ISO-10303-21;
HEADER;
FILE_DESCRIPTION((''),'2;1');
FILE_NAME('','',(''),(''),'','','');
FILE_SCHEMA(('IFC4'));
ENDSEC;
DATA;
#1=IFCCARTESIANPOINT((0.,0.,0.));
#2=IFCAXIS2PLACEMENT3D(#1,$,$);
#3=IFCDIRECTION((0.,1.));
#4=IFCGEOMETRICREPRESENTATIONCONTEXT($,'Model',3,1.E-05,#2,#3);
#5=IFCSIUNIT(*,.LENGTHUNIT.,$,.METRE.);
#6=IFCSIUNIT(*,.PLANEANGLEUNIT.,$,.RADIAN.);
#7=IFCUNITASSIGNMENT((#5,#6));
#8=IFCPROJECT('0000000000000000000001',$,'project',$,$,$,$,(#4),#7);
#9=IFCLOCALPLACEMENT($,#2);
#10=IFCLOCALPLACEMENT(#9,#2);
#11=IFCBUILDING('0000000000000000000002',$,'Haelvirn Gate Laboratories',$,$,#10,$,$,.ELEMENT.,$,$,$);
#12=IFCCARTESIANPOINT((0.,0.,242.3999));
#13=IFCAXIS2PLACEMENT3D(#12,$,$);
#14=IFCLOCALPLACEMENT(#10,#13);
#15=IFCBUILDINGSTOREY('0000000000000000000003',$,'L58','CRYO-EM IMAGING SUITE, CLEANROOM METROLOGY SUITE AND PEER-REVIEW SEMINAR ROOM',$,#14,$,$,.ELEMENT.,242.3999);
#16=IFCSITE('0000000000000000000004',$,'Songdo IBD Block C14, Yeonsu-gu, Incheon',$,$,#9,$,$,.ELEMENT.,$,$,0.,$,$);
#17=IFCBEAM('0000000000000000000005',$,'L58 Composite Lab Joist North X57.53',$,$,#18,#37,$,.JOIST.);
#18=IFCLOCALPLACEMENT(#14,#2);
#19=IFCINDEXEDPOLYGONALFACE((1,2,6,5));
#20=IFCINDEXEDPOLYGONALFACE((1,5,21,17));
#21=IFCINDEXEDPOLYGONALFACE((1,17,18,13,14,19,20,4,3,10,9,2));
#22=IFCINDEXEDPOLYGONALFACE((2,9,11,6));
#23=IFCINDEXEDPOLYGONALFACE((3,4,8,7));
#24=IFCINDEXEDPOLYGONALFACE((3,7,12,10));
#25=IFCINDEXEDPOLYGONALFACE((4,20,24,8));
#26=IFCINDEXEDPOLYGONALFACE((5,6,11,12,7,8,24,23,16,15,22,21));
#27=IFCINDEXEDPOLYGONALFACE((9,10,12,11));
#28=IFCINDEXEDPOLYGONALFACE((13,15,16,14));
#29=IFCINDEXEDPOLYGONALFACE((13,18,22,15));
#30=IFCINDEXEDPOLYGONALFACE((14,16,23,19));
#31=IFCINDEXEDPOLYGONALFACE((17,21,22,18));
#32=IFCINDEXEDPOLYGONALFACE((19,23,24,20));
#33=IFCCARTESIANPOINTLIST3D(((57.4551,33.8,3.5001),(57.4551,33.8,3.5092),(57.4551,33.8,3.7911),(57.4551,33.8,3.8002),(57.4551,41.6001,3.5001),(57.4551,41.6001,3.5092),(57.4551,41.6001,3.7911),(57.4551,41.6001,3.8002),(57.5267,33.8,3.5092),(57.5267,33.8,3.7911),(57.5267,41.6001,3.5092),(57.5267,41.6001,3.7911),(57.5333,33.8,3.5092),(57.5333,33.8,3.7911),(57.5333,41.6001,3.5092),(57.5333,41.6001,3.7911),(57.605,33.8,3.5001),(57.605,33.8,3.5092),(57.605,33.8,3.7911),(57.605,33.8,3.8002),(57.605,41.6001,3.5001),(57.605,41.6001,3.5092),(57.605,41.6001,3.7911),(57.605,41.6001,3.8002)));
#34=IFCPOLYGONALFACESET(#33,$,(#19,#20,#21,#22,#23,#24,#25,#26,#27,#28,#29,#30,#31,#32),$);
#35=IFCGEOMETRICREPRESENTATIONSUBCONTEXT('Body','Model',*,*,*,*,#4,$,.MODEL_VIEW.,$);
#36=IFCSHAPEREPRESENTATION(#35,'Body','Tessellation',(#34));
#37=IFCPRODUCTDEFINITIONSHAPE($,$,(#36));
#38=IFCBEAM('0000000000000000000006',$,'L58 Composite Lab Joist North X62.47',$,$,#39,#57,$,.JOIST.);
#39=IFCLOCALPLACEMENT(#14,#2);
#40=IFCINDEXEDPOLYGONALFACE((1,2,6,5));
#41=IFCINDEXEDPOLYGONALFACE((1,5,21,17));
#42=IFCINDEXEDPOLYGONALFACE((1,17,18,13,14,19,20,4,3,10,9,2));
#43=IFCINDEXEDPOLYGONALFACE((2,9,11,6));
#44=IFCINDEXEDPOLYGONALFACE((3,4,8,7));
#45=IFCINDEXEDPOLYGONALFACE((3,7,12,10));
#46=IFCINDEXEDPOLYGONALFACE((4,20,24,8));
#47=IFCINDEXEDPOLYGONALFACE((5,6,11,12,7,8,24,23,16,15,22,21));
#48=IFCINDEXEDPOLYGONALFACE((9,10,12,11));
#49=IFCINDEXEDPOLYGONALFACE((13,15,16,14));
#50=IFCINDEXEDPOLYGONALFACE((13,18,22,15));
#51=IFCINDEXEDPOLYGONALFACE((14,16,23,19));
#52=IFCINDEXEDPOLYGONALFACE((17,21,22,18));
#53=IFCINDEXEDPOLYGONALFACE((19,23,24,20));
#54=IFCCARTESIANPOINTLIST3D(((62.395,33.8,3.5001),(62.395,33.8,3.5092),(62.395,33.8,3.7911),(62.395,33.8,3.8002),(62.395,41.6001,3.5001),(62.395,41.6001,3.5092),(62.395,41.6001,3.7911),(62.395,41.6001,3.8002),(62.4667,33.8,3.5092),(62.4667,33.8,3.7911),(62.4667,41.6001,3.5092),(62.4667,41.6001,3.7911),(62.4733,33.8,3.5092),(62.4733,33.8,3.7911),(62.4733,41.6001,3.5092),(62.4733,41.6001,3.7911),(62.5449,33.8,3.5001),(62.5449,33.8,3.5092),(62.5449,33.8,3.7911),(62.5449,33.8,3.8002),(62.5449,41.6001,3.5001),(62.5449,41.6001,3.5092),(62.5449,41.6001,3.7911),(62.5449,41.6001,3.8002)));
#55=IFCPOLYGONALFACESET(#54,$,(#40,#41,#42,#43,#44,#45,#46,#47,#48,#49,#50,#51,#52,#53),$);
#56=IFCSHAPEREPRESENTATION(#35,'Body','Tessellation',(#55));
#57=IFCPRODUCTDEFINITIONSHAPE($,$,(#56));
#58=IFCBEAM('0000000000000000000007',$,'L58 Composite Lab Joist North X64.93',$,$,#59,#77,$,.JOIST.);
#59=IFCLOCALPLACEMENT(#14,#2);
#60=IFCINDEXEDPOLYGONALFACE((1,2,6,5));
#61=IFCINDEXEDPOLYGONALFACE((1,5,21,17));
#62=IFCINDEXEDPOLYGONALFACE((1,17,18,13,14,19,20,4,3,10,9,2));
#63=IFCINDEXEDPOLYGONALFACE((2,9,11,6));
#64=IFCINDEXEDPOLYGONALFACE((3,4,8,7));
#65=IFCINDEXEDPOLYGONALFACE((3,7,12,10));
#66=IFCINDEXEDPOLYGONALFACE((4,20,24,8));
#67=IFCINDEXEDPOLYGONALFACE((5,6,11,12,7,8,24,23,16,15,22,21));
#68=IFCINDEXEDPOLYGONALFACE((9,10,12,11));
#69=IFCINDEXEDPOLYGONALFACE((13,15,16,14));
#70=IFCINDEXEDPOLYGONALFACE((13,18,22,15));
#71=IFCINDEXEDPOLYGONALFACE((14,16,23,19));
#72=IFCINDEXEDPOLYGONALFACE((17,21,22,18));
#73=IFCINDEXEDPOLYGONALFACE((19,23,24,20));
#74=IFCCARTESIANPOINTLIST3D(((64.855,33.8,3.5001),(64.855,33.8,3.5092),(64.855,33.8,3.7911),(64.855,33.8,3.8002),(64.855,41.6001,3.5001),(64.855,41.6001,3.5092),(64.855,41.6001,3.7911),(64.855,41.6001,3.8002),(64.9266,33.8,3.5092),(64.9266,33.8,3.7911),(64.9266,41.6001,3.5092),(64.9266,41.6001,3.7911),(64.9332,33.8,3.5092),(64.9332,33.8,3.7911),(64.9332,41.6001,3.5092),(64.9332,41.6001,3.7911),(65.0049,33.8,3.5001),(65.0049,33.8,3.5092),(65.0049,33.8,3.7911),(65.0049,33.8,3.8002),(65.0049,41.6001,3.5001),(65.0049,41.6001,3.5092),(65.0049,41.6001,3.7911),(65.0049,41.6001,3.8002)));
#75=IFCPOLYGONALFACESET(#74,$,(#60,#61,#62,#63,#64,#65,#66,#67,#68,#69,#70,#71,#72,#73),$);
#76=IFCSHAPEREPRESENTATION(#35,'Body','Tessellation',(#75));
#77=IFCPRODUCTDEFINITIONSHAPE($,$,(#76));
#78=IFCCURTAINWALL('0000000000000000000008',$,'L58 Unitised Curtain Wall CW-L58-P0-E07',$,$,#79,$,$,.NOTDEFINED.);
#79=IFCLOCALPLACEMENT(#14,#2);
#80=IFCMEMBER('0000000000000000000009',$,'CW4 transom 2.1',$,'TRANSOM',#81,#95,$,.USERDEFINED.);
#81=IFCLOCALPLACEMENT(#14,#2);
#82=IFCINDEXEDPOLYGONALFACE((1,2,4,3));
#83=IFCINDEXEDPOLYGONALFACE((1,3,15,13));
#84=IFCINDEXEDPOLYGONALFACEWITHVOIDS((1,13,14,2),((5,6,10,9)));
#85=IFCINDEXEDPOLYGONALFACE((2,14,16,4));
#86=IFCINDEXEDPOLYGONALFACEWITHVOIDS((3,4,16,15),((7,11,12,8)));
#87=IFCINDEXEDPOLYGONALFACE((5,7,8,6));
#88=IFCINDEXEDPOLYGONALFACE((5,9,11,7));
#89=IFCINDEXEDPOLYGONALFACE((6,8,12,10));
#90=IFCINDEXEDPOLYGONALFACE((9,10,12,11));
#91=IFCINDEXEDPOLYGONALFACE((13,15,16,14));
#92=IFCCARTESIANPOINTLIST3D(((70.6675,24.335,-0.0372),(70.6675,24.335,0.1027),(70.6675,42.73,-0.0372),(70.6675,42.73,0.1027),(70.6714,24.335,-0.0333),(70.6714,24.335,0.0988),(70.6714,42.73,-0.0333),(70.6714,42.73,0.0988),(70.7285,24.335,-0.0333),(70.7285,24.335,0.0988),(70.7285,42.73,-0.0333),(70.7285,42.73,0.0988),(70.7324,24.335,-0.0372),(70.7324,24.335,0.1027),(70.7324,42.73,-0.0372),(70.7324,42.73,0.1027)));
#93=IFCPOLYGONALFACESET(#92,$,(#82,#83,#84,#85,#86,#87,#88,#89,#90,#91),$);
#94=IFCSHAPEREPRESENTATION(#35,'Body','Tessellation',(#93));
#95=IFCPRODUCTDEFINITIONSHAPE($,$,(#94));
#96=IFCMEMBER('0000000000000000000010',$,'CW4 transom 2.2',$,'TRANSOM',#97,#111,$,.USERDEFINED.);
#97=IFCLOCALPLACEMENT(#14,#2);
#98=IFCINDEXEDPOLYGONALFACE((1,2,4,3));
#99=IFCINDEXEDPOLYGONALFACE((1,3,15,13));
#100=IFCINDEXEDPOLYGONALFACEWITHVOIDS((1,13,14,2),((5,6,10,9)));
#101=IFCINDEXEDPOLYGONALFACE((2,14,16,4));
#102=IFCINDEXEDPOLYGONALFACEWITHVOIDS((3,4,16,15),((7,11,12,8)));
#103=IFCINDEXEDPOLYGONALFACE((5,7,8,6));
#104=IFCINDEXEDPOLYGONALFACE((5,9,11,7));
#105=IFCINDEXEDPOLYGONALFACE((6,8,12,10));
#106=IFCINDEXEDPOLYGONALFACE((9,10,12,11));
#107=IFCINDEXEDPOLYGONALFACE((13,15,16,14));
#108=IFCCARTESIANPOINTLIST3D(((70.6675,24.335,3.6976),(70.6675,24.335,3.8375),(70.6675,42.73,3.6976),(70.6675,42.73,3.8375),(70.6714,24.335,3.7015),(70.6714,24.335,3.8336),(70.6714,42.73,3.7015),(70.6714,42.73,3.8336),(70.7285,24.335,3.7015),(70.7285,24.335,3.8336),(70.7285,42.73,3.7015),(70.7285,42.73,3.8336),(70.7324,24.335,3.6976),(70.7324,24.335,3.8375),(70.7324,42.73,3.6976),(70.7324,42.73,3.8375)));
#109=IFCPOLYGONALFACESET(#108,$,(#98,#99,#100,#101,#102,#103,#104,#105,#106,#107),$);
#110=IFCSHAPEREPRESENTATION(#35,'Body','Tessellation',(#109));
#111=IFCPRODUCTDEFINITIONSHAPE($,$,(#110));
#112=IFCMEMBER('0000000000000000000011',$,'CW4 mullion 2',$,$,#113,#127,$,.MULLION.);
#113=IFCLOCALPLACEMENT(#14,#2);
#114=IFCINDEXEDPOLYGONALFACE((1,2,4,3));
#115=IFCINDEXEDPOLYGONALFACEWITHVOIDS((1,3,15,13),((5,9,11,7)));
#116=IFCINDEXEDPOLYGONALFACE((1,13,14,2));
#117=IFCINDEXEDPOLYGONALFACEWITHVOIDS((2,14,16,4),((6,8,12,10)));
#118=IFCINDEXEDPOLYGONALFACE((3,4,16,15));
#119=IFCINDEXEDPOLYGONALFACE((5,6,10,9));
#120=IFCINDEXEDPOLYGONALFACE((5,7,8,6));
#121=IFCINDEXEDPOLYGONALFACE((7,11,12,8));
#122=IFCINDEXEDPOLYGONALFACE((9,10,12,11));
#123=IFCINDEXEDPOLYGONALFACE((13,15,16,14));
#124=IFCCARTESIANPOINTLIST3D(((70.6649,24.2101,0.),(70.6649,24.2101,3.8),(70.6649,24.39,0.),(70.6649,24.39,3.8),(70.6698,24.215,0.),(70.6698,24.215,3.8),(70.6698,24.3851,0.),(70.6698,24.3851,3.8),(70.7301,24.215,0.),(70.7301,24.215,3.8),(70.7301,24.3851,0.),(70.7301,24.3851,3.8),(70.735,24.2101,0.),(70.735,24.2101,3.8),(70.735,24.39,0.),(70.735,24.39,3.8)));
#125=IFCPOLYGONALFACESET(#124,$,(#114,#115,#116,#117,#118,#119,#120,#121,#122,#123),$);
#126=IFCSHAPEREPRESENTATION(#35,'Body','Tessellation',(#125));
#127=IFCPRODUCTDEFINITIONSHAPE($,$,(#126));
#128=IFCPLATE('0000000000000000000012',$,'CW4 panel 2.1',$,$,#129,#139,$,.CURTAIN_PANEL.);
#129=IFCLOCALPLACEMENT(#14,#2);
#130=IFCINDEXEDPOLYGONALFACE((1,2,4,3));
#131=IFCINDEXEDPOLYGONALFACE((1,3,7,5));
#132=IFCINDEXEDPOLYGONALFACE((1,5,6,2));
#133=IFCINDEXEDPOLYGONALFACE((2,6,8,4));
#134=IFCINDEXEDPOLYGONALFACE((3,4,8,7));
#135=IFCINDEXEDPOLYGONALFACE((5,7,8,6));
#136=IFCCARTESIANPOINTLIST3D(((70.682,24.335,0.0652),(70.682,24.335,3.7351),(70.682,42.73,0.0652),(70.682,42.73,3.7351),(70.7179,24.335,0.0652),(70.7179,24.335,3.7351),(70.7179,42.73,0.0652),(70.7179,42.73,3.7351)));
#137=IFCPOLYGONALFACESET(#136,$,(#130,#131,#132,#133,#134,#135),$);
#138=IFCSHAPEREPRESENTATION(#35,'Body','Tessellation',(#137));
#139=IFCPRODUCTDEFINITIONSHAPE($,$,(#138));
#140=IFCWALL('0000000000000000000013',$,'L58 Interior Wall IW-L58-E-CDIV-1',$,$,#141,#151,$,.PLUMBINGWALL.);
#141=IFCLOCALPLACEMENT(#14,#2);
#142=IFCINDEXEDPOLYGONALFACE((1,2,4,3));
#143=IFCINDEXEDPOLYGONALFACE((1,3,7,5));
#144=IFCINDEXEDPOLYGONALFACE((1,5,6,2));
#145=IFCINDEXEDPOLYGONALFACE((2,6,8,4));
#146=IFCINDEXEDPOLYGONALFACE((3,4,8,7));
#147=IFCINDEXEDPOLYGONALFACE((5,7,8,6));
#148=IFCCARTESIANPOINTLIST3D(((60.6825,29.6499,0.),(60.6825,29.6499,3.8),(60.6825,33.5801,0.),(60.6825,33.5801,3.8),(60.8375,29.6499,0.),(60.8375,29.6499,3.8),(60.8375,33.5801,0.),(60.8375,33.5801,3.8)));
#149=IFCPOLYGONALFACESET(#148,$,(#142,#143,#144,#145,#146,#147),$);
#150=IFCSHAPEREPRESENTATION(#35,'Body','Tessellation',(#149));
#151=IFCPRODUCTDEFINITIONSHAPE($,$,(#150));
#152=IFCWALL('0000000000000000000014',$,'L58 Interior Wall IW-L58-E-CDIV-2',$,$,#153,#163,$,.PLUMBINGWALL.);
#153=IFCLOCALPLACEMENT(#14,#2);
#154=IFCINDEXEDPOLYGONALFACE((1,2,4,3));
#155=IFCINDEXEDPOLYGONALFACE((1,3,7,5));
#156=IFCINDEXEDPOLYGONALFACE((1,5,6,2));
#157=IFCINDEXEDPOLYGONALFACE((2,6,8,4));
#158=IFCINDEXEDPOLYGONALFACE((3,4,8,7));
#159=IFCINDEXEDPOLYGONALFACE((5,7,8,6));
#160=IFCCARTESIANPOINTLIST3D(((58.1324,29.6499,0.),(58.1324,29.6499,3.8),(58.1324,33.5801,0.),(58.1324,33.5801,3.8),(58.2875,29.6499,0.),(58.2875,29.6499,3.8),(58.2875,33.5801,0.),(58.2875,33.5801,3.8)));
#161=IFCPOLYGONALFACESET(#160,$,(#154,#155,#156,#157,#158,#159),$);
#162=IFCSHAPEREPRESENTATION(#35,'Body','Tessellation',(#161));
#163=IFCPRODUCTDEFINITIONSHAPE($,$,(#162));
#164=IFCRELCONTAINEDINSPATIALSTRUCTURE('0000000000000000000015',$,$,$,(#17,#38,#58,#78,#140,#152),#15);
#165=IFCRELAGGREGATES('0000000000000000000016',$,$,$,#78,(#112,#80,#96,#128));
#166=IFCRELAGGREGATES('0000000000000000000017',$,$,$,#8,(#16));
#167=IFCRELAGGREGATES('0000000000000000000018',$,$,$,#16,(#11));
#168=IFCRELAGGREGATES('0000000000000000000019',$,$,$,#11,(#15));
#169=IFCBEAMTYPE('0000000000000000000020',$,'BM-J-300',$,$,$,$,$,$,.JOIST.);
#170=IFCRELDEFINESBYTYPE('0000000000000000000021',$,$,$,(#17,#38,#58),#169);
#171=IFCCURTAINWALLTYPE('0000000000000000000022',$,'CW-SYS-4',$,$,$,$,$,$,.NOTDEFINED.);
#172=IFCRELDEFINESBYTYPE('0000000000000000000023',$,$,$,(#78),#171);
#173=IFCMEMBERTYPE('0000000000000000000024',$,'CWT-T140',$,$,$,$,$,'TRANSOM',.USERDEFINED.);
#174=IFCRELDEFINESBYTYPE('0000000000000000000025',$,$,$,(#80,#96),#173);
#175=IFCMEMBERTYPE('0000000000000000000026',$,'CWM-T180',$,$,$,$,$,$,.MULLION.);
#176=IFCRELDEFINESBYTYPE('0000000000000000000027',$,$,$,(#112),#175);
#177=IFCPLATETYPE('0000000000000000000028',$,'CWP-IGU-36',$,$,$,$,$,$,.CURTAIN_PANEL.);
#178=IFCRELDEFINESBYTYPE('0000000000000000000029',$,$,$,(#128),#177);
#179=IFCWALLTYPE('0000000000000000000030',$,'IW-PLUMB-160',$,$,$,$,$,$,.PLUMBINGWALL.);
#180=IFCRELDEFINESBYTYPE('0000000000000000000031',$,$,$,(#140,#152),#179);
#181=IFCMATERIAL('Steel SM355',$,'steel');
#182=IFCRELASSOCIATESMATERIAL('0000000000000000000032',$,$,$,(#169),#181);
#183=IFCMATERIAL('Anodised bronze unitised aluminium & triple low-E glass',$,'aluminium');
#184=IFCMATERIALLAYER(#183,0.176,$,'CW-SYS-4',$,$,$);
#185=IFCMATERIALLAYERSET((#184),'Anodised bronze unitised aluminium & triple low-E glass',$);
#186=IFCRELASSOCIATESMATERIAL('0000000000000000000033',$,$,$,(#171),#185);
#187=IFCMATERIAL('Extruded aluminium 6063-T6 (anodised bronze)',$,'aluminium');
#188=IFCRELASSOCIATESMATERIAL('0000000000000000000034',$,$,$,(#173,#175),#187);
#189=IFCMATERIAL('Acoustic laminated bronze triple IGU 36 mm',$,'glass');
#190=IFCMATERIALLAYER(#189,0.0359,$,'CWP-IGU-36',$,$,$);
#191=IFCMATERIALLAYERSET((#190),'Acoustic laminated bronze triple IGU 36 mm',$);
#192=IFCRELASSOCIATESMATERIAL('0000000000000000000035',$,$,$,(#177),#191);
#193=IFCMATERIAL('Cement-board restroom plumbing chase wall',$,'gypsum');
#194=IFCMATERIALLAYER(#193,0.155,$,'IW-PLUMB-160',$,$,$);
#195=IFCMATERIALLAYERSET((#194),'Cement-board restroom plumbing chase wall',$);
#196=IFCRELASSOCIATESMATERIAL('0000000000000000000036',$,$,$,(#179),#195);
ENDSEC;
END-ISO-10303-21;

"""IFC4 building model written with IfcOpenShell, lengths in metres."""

from ifc_helpers import new_model, si_unit, direction, frame, frame_2d, origin, origin_2d, place, context, subcontext, project, spatial, rectangle, hollow_rectangle, i_section, extrude, source, transform, mapped, material, layer, layer_set, material_profile, profile_set, type_object, type_shapes, element, aggregate, save


model = new_model("IFC4")

# Units and contexts
model_context = context("Model", 3, precision=1e-05, world=origin(), true_north=direction((0.0, 1.0)))
body_context = subcontext(model_context, "Body", "Model", "MODEL_VIEW")
ifc_project = project(units=[si_unit("LENGTHUNIT", "METRE"), si_unit("PLANEANGLEUNIT", "RADIAN")], contexts=[model_context])

# Site, building, storey
site_placement = place(None, origin())
site = spatial("IfcSite", under=ifc_project, at=site_placement, Name="Songdo IBD Block C14, Yeonsu-gu, Incheon", CompositionType="ELEMENT", RefElevation=0.0)
building_placement = place(site_placement, origin())
building = spatial("IfcBuilding", under=site, at=building_placement, Name="Haelvirn Gate Laboratories", CompositionType="ELEMENT")
storey_placement = place(building_placement, frame((0.0, 0.0, 242.3999)))
storey = spatial("IfcBuildingStorey", under=building, at=storey_placement, Name="L58", Description="CRYO-EM IMAGING SUITE, CLEANROOM METROLOGY SUITE AND PEER-REVIEW SEMINAR ROOM", CompositionType="ELEMENT", Elevation=242.3999)

# Beams
ifc_material_1 = material(Name="Steel SM355", Category="steel")
ifc_material_profile_1 = material_profile(ifc_material_1, i_section(OverallWidth=0.1499, OverallDepth=0.3, WebThickness=0.0066, FlangeThickness=0.009, at=origin_2d()), Name="H-300x150x6.5x9")
ifc_profile_set_1 = profile_set([ifc_material_profile_1], Name="Steel SM355")
beam_type = type_object("IfcBeamType", Name="BM-J-300", PredefinedType="JOIST", material=ifc_profile_set_1)
shared_shape_1 = source(origin(), body_context, "Body", "SweptSolid", [
    extrude(i_section(OverallWidth=0.1499, OverallDepth=0.3, WebThickness=0.0066, FlangeThickness=0.009, at=origin_2d()), origin(), (0.0, 0.0, 1.0), 7.8),
])
type_shapes(beam_type, [shared_shape_1])
for number, where, z_axis, x_axis, name in (
    (1, (57.53, 33.8, 3.6501), (0.0, 1.0, 0.0), (-1.0, 0.0, 0.0), "L58 Composite Lab Joist North X57.53"),
    (2, (62.47, 33.8, 3.6501), (0.0, 1.0, 0.0), (-1.0, 0.0, 0.0), "L58 Composite Lab Joist North X62.47"),
    (3, (64.9299, 33.8, 3.6501), (0.0, 1.0, 0.0), (-1.0, 0.0, 0.0), "L58 Composite Lab Joist North X64.93"),
):
    element("IfcBeam", number, at=place(storey_placement, frame(where, z_axis=z_axis, x_axis=x_axis)), inside=storey, type_object=beam_type, Name=name, PredefinedType="JOIST", context=body_context, shape_type="MappedRepresentation", body=[
        mapped(shared_shape_1, transform((0.0, 0.0, 0.0), scale=1.0)),
    ])

# Curtain wall, members, plate
ifc_material_2 = material(Name="Anodised bronze unitised aluminium & triple low-E glass", Category="aluminium")
ifc_layer_1 = layer(ifc_material_2, 0.176, Name="CW-SYS-4")
ifc_layer_set_1 = layer_set([ifc_layer_1], Name="Anodised bronze unitised aluminium & triple low-E glass")
curtain_wall_type = type_object("IfcCurtainWallType", Name="CW-SYS-4", PredefinedType="NOTDEFINED", material=ifc_layer_set_1)
curtain_wall_placement = place(storey_placement, origin())
curtain_wall = element("IfcCurtainWall", 4, at=curtain_wall_placement, inside=storey, type_object=curtain_wall_type, Name="L58 Unitised Curtain Wall CW-L58-P0-E07", PredefinedType="NOTDEFINED")
ifc_material_3 = material(Name="Extruded aluminium 6063-T6 (anodised bronze)", Category="aluminium")
ifc_material_profile_2 = material_profile(ifc_material_3, hollow_rectangle(XDim=0.0649, YDim=0.1399, WallThickness=0.0039, at=origin_2d()), Name="CWT-140x65x4")
ifc_profile_set_2 = profile_set([ifc_material_profile_2], Name="Extruded aluminium 6063-T6 (anodised bronze)")
member_type_1 = type_object("IfcMemberType", Name="CWT-T140", ElementType="TRANSOM", PredefinedType="USERDEFINED", material=ifc_profile_set_2)
shared_shape_2 = source(origin(), body_context, "Body", "SweptSolid", [
    extrude(hollow_rectangle(XDim=0.0649, YDim=0.1399, WallThickness=0.0039, at=origin_2d()), origin(), (0.0, 0.0, 1.0), 18.395),
])
type_shapes(member_type_1, [shared_shape_2])
member_1_placement = place(storey_placement, frame((70.7, 24.335, 0.0327), z_axis=(0.0, 1.0, 0.0), x_axis=(-1.0, 0.0, 0.0)))
member_1 = element("IfcMember", 5, at=member_1_placement, type_object=member_type_1, Name="CW4 transom 2.1", ObjectType="TRANSOM", PredefinedType="USERDEFINED", context=body_context, shape_type="MappedRepresentation", body=[
    mapped(shared_shape_2, transform((0.0, 0.0, 0.0), scale=1.0)),
])
member_2_placement = place(storey_placement, frame((70.7, 24.335, 3.7676), z_axis=(0.0, 1.0, 0.0), x_axis=(-1.0, 0.0, 0.0)))
member_2 = element("IfcMember", 6, at=member_2_placement, type_object=member_type_1, Name="CW4 transom 2.2", ObjectType="TRANSOM", PredefinedType="USERDEFINED", context=body_context, shape_type="MappedRepresentation", body=[
    mapped(shared_shape_2, transform((0.0, 0.0, 0.0), scale=1.0)),
])
ifc_material_profile_3 = material_profile(ifc_material_3, hollow_rectangle(XDim=0.0701, YDim=0.1799, WallThickness=0.0049, at=origin_2d()), Name="CWM-180x70x5")
ifc_profile_set_3 = profile_set([ifc_material_profile_3], Name="Extruded aluminium 6063-T6 (anodised bronze)")
member_type_2 = type_object("IfcMemberType", Name="CWM-T180", PredefinedType="MULLION", material=ifc_profile_set_3)
shared_shape_3 = source(origin(), body_context, "Body", "SweptSolid", [
    extrude(hollow_rectangle(XDim=0.0701, YDim=0.1799, WallThickness=0.0049, at=origin_2d()), origin(), (0.0, 0.0, 1.0), 3.8),
])
type_shapes(member_type_2, [shared_shape_3])
member_3_placement = place(storey_placement, frame((70.7, 24.3, 0.0), z_axis=(0.0, 0.0, 1.0), x_axis=(-1.0, 0.0, 0.0)))
member_3 = element("IfcMember", 7, at=member_3_placement, type_object=member_type_2, Name="CW4 mullion 2", PredefinedType="MULLION", context=body_context, shape_type="MappedRepresentation", body=[
    mapped(shared_shape_3, transform((0.0, 0.0, 0.0), scale=1.0)),
])
ifc_material_4 = material(Name="Acoustic laminated bronze triple IGU 36 mm", Category="glass")
ifc_layer_2 = layer(ifc_material_4, 0.0359, Name="CWP-IGU-36")
ifc_layer_set_2 = layer_set([ifc_layer_2], Name="Acoustic laminated bronze triple IGU 36 mm")
plate_type = type_object("IfcPlateType", Name="CWP-IGU-36", PredefinedType="CURTAIN_PANEL", material=ifc_layer_set_2)
shared_shape_4 = source(origin(), body_context, "Body", "SweptSolid", [
    extrude(rectangle(XDim=18.395, YDim=0.0359, at=origin_2d()), origin(), (0.0, 0.0, 1.0), 3.6699),
])
type_shapes(plate_type, [shared_shape_4])
plate_placement = place(storey_placement, frame((70.7, 33.5325, 0.0652), z_axis=(0.0, 0.0, 1.0), x_axis=(0.0, 1.0, 0.0)))
plate = element("IfcPlate", 8, at=plate_placement, type_object=plate_type, Name="CW4 panel 2.1", PredefinedType="CURTAIN_PANEL", context=body_context, shape_type="MappedRepresentation", body=[
    mapped(shared_shape_4, transform((0.0, 0.0, 0.0), scale=1.0)),
])
aggregate(curtain_wall, [member_3, member_1, member_2, plate])

# Walls
ifc_material_5 = material(Name="Cement-board restroom plumbing chase wall", Category="gypsum")
ifc_layer_3 = layer(ifc_material_5, 0.155, Name="IW-PLUMB-160")
ifc_layer_set_3 = layer_set([ifc_layer_3], Name="Cement-board restroom plumbing chase wall")
wall_type_1 = type_object("IfcWallType", Name="IW-PLUMB-160", PredefinedType="PLUMBINGWALL", material=ifc_layer_set_3)
for number, where, z_axis, x_axis, name in (
    (9, (60.76, 29.6499, 0.0), (0.0, 0.0, 1.0), (0.0, 1.0, 0.0), "L58 Interior Wall IW-L58-E-CDIV-1"),
    (10, (58.21, 29.6499, 0.0), (0.0, 0.0, 1.0), (0.0, 1.0, 0.0), "L58 Interior Wall IW-L58-E-CDIV-2"),
):
    element("IfcWall", number, at=place(storey_placement, frame(where, z_axis=z_axis, x_axis=x_axis)), inside=storey, type_object=wall_type_1, Name=name, PredefinedType="PLUMBINGWALL", context=body_context, shape_type="SweptSolid", body=[
        extrude(rectangle(XDim=3.9302, YDim=0.155, at=frame_2d((1.9651, 0.0))), origin(), (0.0, 0.0, 1.0), 3.8),
    ])

save(model, "model.ifc")
